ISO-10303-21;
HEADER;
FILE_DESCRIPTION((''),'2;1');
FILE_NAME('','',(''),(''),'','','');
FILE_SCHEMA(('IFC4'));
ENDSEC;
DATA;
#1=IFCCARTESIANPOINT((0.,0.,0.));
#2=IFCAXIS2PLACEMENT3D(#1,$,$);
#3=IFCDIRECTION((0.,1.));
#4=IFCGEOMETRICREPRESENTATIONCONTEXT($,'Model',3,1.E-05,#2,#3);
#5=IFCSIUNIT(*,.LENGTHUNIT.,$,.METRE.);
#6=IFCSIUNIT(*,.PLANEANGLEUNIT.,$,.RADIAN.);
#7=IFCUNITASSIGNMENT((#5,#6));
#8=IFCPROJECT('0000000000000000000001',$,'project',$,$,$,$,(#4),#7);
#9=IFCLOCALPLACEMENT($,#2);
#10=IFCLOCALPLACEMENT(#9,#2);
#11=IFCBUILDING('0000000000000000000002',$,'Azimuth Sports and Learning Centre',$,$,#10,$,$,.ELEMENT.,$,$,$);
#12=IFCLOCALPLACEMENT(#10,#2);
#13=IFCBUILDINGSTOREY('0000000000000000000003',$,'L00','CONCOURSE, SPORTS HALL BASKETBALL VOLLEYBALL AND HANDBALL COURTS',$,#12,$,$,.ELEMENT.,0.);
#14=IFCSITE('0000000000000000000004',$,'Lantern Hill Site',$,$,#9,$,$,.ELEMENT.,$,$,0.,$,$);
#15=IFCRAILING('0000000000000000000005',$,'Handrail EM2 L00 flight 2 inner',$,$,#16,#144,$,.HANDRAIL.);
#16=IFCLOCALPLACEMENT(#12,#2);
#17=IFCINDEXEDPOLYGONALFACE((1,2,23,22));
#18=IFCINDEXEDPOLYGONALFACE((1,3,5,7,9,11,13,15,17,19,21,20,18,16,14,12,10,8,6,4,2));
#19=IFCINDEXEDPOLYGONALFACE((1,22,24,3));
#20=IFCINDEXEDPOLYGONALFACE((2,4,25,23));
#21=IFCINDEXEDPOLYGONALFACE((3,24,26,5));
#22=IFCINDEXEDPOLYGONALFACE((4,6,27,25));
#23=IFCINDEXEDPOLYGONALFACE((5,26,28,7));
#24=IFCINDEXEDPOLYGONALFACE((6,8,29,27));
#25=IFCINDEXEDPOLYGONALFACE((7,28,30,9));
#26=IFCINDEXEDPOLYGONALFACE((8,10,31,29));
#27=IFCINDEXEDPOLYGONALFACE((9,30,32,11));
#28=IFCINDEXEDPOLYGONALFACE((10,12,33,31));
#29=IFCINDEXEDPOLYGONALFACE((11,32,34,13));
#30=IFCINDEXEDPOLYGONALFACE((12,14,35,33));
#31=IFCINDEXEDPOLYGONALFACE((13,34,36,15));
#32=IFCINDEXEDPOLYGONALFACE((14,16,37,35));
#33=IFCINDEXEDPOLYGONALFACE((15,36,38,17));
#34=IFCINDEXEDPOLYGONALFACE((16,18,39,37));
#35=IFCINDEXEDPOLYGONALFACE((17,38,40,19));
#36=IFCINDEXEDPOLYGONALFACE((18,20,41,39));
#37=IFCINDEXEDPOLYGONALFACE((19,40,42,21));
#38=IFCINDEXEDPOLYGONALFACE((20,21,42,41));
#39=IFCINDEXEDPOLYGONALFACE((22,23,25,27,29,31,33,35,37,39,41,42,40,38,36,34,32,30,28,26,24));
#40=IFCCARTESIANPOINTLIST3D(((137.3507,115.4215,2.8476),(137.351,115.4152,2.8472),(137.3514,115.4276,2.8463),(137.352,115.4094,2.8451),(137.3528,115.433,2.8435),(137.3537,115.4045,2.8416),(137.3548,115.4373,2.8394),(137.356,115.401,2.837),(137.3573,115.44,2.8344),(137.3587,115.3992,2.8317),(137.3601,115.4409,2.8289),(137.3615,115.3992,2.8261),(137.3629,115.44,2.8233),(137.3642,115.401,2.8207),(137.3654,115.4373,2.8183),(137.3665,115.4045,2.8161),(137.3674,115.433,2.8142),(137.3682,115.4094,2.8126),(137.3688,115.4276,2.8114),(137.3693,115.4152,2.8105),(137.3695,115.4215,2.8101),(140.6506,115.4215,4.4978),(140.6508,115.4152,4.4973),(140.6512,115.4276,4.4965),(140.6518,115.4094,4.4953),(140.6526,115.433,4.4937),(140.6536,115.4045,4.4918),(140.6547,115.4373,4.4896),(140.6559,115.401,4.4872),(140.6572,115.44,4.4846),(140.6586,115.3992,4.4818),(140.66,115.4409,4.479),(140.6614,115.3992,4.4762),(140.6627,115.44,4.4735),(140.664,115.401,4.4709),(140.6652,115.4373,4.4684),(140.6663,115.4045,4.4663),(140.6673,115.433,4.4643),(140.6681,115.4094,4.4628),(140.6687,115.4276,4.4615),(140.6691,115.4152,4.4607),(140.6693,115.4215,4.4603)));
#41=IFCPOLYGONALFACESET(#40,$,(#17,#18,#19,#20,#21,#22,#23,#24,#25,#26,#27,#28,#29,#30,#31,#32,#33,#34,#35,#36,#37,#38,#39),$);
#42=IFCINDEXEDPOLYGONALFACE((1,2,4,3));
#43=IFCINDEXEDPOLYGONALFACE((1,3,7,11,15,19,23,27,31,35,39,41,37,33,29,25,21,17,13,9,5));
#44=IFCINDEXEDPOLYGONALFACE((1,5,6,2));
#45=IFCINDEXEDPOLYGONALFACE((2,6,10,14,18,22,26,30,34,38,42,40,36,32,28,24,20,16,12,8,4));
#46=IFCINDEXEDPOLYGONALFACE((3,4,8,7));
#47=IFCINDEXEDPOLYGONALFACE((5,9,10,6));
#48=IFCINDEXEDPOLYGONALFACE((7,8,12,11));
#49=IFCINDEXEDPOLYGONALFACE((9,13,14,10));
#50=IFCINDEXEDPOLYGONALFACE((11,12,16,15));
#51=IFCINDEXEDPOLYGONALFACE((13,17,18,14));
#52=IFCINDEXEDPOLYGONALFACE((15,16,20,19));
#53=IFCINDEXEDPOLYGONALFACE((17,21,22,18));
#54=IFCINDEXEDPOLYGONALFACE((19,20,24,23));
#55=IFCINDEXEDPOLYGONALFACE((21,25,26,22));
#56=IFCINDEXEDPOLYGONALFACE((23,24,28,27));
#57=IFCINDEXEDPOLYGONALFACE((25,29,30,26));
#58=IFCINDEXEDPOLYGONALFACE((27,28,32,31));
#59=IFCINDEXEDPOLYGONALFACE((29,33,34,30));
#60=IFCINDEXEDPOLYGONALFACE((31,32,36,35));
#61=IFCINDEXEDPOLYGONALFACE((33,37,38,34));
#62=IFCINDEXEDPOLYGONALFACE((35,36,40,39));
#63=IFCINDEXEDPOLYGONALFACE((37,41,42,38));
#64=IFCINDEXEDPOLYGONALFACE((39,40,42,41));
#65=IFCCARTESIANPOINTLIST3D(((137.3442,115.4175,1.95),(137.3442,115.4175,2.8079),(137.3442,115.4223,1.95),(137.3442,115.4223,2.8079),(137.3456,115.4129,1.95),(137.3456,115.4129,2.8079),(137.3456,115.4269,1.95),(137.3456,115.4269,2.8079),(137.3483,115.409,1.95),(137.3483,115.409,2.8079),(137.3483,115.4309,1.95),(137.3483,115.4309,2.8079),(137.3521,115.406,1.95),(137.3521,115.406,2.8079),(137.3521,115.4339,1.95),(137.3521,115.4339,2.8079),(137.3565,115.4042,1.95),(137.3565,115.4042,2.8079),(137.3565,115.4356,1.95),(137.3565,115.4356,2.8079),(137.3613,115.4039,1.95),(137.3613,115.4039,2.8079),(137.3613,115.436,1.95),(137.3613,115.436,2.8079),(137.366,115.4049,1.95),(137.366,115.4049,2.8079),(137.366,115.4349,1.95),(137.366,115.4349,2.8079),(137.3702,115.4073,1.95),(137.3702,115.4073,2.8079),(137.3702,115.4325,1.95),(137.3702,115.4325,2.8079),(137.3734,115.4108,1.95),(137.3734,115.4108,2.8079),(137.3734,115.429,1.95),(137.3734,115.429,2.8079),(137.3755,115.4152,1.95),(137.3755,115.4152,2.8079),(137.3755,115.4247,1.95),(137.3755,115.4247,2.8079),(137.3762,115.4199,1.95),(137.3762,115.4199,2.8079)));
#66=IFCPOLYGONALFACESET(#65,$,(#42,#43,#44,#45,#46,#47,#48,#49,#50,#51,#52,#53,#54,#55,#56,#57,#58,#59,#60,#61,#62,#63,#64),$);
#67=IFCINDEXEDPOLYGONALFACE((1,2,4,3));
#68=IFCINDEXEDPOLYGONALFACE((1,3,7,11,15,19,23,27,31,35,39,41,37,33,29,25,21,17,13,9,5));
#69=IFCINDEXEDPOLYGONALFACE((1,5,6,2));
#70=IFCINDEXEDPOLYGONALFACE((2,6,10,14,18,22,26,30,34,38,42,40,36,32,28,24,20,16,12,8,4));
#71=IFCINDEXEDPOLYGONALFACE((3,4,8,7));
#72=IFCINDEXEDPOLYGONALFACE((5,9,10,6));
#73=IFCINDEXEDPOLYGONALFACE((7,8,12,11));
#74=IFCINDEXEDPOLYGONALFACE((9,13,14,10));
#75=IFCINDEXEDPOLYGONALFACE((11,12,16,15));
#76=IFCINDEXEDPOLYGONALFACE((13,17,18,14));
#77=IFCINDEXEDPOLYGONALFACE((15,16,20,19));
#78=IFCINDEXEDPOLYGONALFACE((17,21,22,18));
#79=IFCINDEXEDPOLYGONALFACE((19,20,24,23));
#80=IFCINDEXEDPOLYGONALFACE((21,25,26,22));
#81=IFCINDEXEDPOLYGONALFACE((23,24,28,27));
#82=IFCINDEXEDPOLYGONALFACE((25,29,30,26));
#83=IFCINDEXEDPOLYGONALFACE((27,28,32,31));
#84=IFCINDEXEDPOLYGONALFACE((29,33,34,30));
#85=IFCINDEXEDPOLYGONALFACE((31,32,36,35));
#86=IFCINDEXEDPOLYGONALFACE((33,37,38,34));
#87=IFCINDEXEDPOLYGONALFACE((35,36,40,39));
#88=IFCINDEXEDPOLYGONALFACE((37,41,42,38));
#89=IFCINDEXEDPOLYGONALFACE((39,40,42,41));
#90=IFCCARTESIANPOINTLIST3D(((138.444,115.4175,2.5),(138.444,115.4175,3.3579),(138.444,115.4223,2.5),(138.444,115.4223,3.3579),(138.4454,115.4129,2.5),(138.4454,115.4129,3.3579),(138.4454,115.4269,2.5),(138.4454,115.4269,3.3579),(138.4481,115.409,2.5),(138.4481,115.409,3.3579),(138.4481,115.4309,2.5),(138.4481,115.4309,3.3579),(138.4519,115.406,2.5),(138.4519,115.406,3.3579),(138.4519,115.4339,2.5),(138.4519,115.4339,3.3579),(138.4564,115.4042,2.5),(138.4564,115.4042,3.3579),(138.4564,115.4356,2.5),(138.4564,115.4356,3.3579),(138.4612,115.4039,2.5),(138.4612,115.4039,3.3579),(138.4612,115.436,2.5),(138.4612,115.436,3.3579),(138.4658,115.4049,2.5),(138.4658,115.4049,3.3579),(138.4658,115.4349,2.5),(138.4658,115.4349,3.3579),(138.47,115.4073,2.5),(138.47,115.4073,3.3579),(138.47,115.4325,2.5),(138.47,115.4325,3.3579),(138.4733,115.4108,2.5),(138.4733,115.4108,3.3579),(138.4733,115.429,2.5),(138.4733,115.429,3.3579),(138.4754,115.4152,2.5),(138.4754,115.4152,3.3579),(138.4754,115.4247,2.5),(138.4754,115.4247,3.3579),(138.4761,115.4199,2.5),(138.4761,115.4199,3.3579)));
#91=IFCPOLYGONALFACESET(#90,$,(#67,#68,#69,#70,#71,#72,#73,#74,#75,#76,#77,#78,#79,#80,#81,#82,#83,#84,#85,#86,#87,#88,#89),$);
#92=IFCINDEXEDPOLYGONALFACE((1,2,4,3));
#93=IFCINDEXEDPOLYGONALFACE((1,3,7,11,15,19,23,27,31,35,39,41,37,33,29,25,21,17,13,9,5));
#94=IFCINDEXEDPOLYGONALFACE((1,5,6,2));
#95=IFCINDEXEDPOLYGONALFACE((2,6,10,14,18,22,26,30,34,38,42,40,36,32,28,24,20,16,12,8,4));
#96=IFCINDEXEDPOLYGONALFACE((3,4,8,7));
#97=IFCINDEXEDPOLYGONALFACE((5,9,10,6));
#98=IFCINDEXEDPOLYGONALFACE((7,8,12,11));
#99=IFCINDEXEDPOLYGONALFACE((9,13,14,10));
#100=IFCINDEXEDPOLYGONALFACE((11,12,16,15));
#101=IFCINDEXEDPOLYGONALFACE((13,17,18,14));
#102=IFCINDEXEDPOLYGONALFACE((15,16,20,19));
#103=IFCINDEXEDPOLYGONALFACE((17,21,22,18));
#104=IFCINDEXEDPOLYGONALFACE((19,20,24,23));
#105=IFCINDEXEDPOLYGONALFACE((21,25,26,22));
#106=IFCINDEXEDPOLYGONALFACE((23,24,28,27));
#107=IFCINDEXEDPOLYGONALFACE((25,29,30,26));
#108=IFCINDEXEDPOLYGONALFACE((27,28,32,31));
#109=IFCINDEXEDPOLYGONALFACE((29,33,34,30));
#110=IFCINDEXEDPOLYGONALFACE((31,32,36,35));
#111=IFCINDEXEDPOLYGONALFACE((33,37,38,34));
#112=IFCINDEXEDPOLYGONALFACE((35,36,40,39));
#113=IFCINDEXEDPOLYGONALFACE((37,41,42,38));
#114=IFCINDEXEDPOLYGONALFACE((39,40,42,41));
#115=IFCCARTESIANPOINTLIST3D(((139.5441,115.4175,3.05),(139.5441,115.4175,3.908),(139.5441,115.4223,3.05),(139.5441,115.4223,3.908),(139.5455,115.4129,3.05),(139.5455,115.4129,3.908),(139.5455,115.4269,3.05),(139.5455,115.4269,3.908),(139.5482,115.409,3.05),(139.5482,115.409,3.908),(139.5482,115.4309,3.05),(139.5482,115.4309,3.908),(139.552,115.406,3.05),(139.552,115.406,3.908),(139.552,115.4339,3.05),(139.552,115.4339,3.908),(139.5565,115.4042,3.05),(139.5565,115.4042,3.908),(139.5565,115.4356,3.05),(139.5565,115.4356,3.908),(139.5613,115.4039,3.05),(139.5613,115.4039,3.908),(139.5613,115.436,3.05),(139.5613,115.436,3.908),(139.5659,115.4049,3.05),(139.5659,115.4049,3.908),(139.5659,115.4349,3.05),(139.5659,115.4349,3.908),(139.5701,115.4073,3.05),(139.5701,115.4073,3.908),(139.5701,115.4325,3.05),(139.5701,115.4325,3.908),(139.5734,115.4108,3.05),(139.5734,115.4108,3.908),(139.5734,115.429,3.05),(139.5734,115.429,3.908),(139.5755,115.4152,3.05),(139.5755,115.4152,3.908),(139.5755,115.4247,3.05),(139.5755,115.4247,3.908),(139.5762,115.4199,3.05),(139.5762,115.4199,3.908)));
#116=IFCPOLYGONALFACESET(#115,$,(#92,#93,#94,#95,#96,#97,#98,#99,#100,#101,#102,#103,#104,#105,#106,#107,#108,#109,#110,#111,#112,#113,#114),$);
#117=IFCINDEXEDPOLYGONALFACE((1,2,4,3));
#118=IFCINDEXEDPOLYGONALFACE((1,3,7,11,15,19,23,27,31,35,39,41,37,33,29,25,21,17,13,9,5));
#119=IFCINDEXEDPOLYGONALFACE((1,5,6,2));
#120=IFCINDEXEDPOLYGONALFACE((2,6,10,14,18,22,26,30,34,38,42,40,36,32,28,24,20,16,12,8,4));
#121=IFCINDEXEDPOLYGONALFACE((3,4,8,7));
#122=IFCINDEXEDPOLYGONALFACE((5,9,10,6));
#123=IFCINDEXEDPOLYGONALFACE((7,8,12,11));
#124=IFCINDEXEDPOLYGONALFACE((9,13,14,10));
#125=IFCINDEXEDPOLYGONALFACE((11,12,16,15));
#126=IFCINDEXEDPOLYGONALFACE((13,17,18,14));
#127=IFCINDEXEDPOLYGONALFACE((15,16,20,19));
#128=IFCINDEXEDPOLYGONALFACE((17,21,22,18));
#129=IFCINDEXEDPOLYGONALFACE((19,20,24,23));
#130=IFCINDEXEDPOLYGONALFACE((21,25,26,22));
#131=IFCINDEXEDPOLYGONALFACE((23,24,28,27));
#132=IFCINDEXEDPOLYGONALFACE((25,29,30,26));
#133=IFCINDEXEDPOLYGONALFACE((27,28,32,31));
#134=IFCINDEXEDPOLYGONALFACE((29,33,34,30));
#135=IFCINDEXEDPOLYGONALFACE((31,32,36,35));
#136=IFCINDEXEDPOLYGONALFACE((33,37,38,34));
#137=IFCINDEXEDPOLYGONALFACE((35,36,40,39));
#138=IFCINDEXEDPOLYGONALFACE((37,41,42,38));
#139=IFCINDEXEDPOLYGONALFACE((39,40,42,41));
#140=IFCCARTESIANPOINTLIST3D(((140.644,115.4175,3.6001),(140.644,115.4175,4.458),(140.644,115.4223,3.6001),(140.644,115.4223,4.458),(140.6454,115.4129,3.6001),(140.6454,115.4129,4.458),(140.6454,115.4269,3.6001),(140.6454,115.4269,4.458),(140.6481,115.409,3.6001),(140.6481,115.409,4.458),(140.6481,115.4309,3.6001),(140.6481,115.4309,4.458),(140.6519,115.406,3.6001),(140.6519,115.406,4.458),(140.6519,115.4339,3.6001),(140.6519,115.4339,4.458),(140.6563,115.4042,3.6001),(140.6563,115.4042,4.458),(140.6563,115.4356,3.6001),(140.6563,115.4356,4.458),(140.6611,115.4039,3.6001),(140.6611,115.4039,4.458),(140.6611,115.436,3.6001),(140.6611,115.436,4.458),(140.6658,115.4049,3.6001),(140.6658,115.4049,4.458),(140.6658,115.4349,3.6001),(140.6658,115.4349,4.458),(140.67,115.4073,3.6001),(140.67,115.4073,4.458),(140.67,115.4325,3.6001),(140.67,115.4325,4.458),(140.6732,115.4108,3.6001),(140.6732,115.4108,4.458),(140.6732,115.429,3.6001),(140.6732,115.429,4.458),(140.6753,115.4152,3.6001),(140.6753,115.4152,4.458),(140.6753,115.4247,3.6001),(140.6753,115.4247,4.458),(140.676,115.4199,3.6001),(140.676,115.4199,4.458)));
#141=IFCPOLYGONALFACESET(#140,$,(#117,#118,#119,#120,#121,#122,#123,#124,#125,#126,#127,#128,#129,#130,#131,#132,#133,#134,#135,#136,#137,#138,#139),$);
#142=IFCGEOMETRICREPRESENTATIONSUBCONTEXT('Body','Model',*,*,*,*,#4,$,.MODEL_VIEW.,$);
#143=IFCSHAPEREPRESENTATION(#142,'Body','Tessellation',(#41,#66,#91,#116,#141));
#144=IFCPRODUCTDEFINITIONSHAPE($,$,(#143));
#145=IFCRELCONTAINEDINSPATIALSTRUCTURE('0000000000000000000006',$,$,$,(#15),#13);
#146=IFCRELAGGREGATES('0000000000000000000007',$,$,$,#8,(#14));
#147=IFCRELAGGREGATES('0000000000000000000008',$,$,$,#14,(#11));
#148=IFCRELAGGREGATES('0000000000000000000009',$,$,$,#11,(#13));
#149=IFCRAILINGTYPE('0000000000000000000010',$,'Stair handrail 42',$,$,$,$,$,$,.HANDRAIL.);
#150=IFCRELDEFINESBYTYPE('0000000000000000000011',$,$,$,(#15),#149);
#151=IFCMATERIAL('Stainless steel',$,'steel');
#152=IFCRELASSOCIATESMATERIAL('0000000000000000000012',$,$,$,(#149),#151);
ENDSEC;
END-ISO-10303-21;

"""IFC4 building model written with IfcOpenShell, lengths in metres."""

from ifc_helpers import new_model, si_unit, direction, frame, origin, origin_2d, place, context, subcontext, project, spatial, circle, extrude, material, type_object, element, save


model = new_model("IFC4")

# Units and contexts
model_context = context("Model", 3, precision=1e-05, world=origin(), true_north=direction((0.0, 1.0)))
body_context = subcontext(model_context, "Body", "Model", "MODEL_VIEW")
ifc_project = project(units=[si_unit("LENGTHUNIT", "METRE"), si_unit("PLANEANGLEUNIT", "RADIAN")], contexts=[model_context])

# Site, building, storey
site_placement = place(None, origin())
site = spatial("IfcSite", under=ifc_project, at=site_placement, Name="Lantern Hill Site", CompositionType="ELEMENT", RefElevation=0.0)
building_placement = place(site_placement, origin())
building = spatial("IfcBuilding", under=site, at=building_placement, Name="Azimuth Sports and Learning Centre", CompositionType="ELEMENT")
storey_placement = place(building_placement, origin())
storey = spatial("IfcBuildingStorey", under=building, at=storey_placement, Name="L00", Description="CONCOURSE, SPORTS HALL BASKETBALL VOLLEYBALL AND HANDBALL COURTS", CompositionType="ELEMENT", Elevation=0.0)

# Railing
ifc_material_1 = material(Name="Stainless steel", Category="steel")
railing_type_1 = type_object("IfcRailingType", Name="Stair handrail 42", PredefinedType="HANDRAIL", material=ifc_material_1)
for number, where, name in (
    (1, (137.3601, 115.4199, 1.95), "Handrail EM2 L00 flight 2 inner"),
):
    element("IfcRailing", number, at=place(storey_placement, frame(where)), inside=storey, type_object=railing_type_1, Name=name, PredefinedType="HANDRAIL", context=body_context, shape_type="SweptSolid", body=[
        extrude(circle(Radius=0.021, at=origin_2d()), frame((0.0, 0.0, 0.8789), z_axis=(0.894401, 0.0, 0.447267), x_axis=(0.0, 1.0, 0.0)), (0.0, 0.0, 1.0), 3.6895),
        extrude(circle(Radius=0.0161, at=origin_2d()), origin(), (0.0, 0.0, 1.0), 0.8579),
        extrude(circle(Radius=0.0161, at=origin_2d()), frame((1.0999, 0.0, 0.55)), (0.0, 0.0, 1.0), 0.8579),
        extrude(circle(Radius=0.0161, at=origin_2d()), frame((2.2, 0.0, 1.1001)), (0.0, 0.0, 1.0), 0.8579),
        extrude(circle(Radius=0.0161, at=origin_2d()), frame((3.2998, 0.0, 1.6501)), (0.0, 0.0, 1.0), 0.8579),
    ])

save(model, "model.ifc")
